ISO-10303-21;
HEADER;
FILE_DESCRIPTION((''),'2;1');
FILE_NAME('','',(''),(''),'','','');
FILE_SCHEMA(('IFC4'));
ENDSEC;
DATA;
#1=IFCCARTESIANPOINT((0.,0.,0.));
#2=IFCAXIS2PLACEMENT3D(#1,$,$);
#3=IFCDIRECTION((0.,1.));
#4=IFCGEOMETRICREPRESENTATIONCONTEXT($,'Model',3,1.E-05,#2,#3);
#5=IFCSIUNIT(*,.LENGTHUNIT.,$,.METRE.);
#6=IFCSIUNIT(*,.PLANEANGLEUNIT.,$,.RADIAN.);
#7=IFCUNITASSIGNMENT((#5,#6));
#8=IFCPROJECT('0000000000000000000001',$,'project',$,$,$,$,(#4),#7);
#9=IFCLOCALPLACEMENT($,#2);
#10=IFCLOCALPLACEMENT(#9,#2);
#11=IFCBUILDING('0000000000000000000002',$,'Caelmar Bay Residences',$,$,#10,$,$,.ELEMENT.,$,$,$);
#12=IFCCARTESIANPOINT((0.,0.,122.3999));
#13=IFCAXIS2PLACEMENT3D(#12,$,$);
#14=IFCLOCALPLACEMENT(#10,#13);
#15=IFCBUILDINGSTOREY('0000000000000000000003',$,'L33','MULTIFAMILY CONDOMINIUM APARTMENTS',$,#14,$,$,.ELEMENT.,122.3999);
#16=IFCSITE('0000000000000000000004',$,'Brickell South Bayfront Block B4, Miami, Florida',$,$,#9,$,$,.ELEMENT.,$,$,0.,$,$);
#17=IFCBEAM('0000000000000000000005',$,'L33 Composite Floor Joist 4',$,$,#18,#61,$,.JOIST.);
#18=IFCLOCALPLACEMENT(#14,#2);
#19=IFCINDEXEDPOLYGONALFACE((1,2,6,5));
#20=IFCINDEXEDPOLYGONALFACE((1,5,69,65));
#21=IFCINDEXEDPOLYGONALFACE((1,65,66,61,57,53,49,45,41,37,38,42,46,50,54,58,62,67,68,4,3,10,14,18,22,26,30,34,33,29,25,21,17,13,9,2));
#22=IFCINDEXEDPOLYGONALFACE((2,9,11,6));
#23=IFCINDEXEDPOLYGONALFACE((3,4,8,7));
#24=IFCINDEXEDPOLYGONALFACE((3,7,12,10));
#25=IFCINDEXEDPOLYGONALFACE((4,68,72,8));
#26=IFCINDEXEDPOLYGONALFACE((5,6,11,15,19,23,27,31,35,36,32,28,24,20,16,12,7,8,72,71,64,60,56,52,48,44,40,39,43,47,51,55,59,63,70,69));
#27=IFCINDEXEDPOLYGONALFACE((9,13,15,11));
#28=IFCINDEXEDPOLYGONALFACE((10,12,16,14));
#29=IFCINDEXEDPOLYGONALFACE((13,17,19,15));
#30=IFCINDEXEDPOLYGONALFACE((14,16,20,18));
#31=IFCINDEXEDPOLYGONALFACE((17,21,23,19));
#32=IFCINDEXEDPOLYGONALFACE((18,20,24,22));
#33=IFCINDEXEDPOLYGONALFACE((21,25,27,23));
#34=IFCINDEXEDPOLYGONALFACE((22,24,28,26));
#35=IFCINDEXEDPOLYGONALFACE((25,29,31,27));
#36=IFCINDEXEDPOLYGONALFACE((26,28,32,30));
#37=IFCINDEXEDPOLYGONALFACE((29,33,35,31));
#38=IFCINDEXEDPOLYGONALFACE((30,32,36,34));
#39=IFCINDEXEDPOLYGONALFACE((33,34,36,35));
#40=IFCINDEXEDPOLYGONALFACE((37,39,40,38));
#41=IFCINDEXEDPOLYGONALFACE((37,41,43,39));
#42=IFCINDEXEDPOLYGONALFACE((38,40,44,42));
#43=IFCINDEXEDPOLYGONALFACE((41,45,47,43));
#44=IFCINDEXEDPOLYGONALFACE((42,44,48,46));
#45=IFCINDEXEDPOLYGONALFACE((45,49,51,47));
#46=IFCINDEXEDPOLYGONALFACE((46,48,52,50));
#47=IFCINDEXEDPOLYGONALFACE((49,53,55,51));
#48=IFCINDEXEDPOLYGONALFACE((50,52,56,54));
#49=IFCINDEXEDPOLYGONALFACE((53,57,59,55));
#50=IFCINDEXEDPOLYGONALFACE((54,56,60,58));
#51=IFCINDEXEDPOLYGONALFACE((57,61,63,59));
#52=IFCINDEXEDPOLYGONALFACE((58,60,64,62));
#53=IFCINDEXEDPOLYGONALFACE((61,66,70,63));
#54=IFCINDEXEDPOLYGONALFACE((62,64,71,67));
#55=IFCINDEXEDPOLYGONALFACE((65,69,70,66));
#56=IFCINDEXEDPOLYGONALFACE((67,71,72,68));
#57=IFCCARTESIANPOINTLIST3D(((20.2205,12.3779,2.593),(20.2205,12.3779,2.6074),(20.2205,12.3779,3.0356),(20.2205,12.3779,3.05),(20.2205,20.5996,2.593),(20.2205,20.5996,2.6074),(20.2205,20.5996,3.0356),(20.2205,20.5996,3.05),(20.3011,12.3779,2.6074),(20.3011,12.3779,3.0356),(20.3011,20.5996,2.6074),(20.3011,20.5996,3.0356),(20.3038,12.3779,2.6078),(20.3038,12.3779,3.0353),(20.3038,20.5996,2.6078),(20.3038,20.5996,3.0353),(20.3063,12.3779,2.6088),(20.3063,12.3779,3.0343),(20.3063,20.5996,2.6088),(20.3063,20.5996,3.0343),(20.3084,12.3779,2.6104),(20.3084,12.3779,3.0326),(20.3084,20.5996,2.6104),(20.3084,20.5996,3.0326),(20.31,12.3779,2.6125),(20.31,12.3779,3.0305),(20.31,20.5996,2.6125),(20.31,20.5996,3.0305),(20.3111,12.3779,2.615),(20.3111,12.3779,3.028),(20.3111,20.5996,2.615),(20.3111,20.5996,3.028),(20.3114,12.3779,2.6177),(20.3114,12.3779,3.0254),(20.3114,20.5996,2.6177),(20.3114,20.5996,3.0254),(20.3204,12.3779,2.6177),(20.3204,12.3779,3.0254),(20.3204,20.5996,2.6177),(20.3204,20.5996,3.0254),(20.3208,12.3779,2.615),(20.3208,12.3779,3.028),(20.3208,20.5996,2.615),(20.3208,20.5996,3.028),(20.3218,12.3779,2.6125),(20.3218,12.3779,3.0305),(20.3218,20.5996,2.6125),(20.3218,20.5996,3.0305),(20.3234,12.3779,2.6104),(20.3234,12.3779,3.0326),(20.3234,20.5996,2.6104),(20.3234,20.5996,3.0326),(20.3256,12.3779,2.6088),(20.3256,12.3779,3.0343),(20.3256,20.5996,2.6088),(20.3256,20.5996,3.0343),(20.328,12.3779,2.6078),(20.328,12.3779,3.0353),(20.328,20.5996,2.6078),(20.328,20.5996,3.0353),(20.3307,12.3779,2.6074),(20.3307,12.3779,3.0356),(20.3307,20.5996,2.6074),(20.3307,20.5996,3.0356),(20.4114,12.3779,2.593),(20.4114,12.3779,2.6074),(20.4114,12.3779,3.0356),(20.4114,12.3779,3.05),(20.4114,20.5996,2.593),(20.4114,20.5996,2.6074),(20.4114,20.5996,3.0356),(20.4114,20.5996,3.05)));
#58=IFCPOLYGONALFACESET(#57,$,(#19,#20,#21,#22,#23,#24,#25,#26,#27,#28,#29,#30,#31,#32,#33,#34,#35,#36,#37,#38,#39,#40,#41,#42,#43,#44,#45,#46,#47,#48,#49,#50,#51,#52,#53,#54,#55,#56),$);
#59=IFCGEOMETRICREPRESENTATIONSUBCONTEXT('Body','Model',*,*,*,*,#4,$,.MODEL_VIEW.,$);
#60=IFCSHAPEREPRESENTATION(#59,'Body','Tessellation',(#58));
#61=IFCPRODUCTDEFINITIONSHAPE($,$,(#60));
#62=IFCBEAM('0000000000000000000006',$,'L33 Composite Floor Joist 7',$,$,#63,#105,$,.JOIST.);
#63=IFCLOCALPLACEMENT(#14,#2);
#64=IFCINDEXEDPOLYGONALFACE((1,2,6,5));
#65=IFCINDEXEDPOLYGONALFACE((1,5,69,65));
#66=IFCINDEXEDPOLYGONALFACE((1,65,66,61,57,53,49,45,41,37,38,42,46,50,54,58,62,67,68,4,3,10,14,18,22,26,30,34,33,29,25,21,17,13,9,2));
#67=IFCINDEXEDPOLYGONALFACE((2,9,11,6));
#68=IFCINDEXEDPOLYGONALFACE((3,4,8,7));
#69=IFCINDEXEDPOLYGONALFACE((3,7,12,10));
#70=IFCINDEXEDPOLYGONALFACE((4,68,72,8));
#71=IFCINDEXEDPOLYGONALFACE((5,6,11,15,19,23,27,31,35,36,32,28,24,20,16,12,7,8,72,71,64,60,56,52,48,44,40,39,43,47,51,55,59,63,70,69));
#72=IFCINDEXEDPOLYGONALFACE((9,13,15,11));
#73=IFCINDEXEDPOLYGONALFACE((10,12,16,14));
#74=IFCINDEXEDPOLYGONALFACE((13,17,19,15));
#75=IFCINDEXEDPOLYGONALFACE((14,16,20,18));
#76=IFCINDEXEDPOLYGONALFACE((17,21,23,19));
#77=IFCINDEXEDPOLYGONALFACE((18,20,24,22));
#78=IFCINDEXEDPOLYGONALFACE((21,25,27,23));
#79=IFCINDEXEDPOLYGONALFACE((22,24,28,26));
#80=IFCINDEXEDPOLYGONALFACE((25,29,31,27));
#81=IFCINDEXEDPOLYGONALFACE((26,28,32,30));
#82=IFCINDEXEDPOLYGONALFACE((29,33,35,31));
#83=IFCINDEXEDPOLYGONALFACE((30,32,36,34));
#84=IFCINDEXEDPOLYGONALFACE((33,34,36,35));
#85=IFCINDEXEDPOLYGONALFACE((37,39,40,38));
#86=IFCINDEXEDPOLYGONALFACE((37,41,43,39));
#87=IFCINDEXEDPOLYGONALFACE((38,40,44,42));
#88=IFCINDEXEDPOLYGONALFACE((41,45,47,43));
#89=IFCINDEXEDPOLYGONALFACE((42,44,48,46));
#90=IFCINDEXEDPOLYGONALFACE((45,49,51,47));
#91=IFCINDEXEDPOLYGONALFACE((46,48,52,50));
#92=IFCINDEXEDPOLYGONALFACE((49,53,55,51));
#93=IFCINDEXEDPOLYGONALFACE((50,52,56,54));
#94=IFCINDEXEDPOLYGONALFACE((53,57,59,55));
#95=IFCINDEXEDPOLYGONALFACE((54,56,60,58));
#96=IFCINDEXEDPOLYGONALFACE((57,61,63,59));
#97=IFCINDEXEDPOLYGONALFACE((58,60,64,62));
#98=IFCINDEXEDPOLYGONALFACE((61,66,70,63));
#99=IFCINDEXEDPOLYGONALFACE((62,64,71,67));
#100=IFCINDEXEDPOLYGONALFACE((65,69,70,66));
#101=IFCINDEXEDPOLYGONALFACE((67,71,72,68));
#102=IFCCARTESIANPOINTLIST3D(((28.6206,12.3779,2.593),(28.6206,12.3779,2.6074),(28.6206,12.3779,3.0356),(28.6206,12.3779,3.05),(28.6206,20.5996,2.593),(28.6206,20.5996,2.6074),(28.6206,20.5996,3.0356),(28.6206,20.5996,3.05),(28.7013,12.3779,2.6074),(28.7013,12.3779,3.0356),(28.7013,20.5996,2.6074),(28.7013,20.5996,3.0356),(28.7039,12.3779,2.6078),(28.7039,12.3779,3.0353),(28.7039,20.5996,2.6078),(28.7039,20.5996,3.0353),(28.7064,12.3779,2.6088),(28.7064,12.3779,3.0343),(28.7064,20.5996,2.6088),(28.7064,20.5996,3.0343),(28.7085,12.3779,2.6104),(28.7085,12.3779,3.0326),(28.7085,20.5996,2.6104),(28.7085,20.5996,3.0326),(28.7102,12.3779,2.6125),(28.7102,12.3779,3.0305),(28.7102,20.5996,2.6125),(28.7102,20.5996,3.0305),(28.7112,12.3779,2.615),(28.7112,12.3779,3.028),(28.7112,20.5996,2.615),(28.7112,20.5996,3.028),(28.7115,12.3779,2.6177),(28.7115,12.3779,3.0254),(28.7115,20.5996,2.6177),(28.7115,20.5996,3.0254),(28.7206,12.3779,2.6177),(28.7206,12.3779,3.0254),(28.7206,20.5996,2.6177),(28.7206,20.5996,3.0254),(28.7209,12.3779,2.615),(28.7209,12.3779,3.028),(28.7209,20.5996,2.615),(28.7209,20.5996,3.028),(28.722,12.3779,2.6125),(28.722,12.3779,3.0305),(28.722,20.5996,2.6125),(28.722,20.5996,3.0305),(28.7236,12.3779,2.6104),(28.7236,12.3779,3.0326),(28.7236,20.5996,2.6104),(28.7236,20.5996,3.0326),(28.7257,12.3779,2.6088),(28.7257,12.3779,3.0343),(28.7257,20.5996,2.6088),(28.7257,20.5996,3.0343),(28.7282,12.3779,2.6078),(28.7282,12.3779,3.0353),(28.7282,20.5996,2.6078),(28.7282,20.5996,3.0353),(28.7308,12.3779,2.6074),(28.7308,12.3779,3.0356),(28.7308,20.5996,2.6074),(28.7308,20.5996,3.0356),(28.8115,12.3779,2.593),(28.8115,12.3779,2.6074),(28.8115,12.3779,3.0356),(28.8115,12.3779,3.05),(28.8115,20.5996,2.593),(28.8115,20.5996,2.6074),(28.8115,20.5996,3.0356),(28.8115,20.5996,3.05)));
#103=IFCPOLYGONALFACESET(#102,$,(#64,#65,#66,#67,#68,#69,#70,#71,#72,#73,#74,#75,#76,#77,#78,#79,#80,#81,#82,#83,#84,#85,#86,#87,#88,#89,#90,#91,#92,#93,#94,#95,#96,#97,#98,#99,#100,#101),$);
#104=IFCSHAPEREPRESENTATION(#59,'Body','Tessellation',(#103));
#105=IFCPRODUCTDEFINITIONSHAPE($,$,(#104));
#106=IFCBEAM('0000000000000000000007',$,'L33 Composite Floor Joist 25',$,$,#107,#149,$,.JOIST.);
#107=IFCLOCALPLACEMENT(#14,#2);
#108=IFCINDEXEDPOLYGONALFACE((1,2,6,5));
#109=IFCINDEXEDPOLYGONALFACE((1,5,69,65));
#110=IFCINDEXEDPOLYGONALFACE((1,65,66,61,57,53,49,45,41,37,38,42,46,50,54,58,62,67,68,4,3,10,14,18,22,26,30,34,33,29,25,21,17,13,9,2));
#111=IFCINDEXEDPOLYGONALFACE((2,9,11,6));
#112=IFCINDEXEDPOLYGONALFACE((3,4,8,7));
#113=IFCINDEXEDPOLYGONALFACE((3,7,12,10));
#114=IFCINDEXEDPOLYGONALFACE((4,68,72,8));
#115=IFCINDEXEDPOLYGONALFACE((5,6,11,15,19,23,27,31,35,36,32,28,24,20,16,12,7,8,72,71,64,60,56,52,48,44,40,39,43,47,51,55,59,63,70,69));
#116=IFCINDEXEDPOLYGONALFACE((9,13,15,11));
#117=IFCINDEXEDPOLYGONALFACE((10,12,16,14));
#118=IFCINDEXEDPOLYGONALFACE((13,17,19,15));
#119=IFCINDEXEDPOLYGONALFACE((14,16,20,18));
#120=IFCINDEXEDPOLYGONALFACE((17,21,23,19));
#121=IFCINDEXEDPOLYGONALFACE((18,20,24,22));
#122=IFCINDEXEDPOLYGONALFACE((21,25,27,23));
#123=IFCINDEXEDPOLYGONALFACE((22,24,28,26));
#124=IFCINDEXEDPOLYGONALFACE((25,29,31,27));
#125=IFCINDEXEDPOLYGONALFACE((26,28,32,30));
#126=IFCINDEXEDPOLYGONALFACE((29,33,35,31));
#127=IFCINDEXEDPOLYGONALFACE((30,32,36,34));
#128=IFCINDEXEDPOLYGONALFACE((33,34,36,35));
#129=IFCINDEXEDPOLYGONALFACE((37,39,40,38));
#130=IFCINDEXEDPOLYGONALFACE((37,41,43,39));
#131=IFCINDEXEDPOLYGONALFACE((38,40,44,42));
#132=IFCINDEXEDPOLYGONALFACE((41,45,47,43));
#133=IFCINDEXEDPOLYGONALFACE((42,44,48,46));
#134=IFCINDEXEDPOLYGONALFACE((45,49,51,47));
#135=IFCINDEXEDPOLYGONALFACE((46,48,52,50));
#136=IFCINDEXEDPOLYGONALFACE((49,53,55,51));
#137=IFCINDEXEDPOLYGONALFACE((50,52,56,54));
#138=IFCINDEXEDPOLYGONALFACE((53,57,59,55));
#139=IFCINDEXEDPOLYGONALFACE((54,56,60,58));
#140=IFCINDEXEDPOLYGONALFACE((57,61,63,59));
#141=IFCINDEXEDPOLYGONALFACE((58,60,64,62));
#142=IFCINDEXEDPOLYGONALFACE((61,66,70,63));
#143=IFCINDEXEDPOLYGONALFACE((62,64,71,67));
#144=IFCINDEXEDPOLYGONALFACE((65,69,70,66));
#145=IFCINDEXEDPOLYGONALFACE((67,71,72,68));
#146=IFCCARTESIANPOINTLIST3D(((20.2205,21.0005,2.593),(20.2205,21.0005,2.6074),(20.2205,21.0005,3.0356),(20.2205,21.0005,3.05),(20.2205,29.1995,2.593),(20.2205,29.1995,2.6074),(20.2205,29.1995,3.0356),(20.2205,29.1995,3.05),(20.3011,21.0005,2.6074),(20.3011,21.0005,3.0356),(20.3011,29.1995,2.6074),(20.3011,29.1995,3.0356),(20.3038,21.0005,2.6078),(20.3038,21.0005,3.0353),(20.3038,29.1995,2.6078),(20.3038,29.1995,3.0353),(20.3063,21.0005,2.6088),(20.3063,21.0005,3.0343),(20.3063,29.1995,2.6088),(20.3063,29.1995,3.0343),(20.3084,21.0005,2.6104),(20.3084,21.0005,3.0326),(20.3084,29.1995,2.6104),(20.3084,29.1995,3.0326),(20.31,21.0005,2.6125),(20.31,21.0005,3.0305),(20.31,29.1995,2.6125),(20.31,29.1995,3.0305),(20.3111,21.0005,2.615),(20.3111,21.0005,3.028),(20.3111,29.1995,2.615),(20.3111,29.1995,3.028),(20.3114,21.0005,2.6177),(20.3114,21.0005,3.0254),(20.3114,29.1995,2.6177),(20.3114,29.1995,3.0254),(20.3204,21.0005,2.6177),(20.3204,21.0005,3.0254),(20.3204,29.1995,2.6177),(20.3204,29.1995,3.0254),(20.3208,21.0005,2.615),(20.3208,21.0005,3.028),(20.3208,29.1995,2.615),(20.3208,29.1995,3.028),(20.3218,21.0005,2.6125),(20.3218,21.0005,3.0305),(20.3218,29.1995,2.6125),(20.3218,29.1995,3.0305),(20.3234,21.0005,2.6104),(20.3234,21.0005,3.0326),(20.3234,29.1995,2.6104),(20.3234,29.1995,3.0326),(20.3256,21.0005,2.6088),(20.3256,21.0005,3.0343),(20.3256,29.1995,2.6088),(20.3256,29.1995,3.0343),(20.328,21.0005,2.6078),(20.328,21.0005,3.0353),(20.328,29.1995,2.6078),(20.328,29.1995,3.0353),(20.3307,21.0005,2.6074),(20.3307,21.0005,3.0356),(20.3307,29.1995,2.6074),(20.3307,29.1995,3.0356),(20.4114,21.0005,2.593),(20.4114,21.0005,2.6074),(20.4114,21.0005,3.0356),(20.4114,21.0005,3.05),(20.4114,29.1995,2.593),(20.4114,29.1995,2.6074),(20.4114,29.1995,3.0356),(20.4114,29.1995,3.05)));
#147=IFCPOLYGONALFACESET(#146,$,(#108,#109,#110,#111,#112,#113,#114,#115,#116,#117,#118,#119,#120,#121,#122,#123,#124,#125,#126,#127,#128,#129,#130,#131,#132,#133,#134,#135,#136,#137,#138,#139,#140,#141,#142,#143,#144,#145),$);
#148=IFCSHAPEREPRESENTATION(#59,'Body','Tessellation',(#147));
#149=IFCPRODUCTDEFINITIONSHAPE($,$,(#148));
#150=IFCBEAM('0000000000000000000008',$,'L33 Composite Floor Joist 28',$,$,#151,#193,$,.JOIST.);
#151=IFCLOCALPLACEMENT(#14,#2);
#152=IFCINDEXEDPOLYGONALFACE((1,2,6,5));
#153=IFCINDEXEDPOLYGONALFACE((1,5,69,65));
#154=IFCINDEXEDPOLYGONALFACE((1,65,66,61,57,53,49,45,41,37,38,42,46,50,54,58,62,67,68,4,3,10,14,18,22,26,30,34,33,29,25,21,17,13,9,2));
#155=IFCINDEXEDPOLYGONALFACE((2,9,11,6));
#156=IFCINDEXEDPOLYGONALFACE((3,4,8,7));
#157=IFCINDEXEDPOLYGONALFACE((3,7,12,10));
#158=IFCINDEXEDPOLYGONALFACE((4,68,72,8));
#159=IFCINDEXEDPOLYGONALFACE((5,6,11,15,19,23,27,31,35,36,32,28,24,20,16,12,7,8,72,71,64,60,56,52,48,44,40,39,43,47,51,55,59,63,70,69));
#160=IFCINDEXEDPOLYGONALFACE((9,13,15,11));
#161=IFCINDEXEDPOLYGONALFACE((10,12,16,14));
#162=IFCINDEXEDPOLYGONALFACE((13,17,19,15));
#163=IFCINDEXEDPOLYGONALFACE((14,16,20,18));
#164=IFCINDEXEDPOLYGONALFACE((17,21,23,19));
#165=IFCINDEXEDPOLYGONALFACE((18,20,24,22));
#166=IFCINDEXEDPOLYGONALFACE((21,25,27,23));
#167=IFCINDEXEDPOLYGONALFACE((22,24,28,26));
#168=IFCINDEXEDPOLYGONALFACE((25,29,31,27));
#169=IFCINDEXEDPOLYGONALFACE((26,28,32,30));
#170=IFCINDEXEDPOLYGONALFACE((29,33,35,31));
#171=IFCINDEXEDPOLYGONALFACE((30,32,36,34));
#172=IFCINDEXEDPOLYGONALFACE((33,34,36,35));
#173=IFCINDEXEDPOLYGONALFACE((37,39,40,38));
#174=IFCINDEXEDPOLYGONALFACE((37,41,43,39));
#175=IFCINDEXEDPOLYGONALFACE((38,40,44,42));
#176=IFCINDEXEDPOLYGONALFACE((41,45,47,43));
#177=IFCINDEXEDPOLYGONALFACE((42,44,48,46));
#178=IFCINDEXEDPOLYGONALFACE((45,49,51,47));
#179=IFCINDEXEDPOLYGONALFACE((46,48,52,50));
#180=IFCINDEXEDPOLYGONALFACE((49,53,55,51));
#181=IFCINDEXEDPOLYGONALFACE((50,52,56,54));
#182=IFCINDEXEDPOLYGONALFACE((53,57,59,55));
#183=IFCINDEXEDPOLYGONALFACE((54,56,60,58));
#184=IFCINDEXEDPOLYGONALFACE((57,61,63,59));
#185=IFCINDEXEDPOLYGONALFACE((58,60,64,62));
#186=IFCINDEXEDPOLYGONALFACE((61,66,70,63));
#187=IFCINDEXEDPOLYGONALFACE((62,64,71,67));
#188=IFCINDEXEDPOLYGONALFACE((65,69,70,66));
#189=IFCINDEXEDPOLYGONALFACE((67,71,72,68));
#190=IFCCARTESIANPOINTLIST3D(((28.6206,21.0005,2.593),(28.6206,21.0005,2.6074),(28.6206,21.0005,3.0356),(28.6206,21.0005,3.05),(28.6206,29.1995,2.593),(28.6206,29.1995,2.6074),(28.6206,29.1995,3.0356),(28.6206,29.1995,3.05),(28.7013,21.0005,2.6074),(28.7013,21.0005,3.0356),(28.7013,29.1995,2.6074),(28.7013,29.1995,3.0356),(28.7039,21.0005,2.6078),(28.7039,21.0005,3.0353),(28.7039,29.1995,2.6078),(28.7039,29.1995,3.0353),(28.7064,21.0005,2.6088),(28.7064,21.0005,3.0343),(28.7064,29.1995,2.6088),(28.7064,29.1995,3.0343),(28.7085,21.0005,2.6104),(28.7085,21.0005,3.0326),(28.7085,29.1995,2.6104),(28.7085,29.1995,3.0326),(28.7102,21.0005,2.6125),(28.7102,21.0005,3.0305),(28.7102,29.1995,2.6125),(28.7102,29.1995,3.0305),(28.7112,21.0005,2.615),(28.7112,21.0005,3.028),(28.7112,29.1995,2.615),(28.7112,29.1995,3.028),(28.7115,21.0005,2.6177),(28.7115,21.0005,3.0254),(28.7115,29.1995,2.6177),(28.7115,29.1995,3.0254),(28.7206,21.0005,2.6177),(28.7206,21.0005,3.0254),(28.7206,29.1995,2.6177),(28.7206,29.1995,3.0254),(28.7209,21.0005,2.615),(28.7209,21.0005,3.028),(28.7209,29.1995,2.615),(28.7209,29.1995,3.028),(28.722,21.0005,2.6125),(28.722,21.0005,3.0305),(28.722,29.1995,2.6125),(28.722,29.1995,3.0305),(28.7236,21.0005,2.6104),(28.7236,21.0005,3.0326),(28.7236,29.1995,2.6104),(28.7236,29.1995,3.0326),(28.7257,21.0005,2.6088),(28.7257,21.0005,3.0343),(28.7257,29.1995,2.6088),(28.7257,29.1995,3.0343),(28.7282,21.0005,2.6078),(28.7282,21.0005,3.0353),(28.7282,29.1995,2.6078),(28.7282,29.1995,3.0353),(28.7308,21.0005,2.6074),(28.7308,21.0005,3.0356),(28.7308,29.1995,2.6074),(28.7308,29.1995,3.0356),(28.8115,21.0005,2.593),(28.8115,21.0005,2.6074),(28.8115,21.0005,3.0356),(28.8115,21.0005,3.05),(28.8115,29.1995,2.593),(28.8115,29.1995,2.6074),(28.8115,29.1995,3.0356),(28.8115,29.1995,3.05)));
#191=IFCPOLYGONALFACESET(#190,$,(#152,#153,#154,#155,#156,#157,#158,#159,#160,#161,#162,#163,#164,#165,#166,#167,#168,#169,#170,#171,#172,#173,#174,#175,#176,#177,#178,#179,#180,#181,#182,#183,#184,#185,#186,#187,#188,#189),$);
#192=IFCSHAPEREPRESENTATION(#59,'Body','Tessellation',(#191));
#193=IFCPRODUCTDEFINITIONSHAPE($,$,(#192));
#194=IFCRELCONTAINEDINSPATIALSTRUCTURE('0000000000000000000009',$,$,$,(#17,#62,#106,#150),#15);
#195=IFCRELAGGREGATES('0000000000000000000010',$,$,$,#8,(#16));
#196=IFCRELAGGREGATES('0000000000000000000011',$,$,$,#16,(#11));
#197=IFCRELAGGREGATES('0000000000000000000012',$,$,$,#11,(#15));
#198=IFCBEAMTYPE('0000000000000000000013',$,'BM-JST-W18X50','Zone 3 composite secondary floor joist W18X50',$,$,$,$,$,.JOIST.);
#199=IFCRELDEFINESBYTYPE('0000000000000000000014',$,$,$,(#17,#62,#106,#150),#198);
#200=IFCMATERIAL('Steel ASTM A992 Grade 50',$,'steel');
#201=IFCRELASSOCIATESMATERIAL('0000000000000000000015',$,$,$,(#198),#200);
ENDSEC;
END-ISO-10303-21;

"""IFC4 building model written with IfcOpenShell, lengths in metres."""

from ifc_helpers import new_model, si_unit, direction, frame, origin, origin_2d, place, context, subcontext, project, spatial, i_section, extrude, material, material_profile, profile_set, type_object, element, save


model = new_model("IFC4")

# Units and contexts
model_context = context("Model", 3, precision=1e-05, world=origin(), true_north=direction((0.0, 1.0)))
body_context = subcontext(model_context, "Body", "Model", "MODEL_VIEW")
ifc_project = project(units=[si_unit("LENGTHUNIT", "METRE"), si_unit("PLANEANGLEUNIT", "RADIAN")], contexts=[model_context])

# Site, building, storey
site_placement = place(None, origin())
site = spatial("IfcSite", under=ifc_project, at=site_placement, Name="Brickell South Bayfront Block B4, Miami, Florida", CompositionType="ELEMENT", RefElevation=0.0)
building_placement = place(site_placement, origin())
building = spatial("IfcBuilding", under=site, at=building_placement, Name="Caelmar Bay Residences", CompositionType="ELEMENT")
storey_placement = place(building_placement, frame((0.0, 0.0, 122.3999)))
storey = spatial("IfcBuildingStorey", under=building, at=storey_placement, Name="L33", Description="MULTIFAMILY CONDOMINIUM APARTMENTS", CompositionType="ELEMENT", Elevation=122.3999)

# Beams
ifc_material_1 = material(Name="Steel ASTM A992 Grade 50", Category="steel")
ifc_material_profile_1 = material_profile(ifc_material_1, i_section(OverallWidth=0.1909, OverallDepth=0.457, WebThickness=0.009, FlangeThickness=0.0144, FilletRadius=0.0103, at=origin_2d()), Name="W18X50")
ifc_profile_set_1 = profile_set([ifc_material_profile_1], Name="Steel ASTM A992 Grade 50")
beam_type_1 = type_object("IfcBeamType", Name="BM-JST-W18X50", Description="Zone 3 composite secondary floor joist W18X50", PredefinedType="JOIST", material=ifc_profile_set_1)
for number, where, z_axis, x_axis, name in (
    (1, (20.3159, 12.3779, 2.8215), (0.0, 1.0, 0.0), (-1.0, 0.0, 0.0), "L33 Composite Floor Joist 4"),
    (2, (28.7161, 12.3779, 2.8215), (0.0, 1.0, 0.0), (-1.0, 0.0, 0.0), "L33 Composite Floor Joist 7"),
):
    element("IfcBeam", number, at=place(storey_placement, frame(where, z_axis=z_axis, x_axis=x_axis)), inside=storey, type_object=beam_type_1, Name=name, PredefinedType="JOIST", context=body_context, shape_type="SweptSolid", body=[
        extrude(i_section(OverallWidth=0.1909, OverallDepth=0.457, WebThickness=0.009, FlangeThickness=0.0144, FilletRadius=0.0103, at=origin_2d()), origin(), (0.0, 0.0, 1.0), 8.2217),
    ])
for number, where, z_axis, x_axis, name in (
    (3, (20.3159, 21.0005, 2.8215), (0.0, 1.0, 0.0), (-1.0, 0.0, 0.0), "L33 Composite Floor Joist 25"),
    (4, (28.7161, 21.0005, 2.8215), (0.0, 1.0, 0.0), (-1.0, 0.0, 0.0), "L33 Composite Floor Joist 28"),
):
    element("IfcBeam", number, at=place(storey_placement, frame(where, z_axis=z_axis, x_axis=x_axis)), inside=storey, type_object=beam_type_1, Name=name, PredefinedType="JOIST", context=body_context, shape_type="SweptSolid", body=[
        extrude(i_section(OverallWidth=0.1909, OverallDepth=0.457, WebThickness=0.009, FlangeThickness=0.0144, FilletRadius=0.0103, at=origin_2d()), origin(), (0.0, 0.0, 1.0), 8.199),
    ])

save(model, "model.ifc")
